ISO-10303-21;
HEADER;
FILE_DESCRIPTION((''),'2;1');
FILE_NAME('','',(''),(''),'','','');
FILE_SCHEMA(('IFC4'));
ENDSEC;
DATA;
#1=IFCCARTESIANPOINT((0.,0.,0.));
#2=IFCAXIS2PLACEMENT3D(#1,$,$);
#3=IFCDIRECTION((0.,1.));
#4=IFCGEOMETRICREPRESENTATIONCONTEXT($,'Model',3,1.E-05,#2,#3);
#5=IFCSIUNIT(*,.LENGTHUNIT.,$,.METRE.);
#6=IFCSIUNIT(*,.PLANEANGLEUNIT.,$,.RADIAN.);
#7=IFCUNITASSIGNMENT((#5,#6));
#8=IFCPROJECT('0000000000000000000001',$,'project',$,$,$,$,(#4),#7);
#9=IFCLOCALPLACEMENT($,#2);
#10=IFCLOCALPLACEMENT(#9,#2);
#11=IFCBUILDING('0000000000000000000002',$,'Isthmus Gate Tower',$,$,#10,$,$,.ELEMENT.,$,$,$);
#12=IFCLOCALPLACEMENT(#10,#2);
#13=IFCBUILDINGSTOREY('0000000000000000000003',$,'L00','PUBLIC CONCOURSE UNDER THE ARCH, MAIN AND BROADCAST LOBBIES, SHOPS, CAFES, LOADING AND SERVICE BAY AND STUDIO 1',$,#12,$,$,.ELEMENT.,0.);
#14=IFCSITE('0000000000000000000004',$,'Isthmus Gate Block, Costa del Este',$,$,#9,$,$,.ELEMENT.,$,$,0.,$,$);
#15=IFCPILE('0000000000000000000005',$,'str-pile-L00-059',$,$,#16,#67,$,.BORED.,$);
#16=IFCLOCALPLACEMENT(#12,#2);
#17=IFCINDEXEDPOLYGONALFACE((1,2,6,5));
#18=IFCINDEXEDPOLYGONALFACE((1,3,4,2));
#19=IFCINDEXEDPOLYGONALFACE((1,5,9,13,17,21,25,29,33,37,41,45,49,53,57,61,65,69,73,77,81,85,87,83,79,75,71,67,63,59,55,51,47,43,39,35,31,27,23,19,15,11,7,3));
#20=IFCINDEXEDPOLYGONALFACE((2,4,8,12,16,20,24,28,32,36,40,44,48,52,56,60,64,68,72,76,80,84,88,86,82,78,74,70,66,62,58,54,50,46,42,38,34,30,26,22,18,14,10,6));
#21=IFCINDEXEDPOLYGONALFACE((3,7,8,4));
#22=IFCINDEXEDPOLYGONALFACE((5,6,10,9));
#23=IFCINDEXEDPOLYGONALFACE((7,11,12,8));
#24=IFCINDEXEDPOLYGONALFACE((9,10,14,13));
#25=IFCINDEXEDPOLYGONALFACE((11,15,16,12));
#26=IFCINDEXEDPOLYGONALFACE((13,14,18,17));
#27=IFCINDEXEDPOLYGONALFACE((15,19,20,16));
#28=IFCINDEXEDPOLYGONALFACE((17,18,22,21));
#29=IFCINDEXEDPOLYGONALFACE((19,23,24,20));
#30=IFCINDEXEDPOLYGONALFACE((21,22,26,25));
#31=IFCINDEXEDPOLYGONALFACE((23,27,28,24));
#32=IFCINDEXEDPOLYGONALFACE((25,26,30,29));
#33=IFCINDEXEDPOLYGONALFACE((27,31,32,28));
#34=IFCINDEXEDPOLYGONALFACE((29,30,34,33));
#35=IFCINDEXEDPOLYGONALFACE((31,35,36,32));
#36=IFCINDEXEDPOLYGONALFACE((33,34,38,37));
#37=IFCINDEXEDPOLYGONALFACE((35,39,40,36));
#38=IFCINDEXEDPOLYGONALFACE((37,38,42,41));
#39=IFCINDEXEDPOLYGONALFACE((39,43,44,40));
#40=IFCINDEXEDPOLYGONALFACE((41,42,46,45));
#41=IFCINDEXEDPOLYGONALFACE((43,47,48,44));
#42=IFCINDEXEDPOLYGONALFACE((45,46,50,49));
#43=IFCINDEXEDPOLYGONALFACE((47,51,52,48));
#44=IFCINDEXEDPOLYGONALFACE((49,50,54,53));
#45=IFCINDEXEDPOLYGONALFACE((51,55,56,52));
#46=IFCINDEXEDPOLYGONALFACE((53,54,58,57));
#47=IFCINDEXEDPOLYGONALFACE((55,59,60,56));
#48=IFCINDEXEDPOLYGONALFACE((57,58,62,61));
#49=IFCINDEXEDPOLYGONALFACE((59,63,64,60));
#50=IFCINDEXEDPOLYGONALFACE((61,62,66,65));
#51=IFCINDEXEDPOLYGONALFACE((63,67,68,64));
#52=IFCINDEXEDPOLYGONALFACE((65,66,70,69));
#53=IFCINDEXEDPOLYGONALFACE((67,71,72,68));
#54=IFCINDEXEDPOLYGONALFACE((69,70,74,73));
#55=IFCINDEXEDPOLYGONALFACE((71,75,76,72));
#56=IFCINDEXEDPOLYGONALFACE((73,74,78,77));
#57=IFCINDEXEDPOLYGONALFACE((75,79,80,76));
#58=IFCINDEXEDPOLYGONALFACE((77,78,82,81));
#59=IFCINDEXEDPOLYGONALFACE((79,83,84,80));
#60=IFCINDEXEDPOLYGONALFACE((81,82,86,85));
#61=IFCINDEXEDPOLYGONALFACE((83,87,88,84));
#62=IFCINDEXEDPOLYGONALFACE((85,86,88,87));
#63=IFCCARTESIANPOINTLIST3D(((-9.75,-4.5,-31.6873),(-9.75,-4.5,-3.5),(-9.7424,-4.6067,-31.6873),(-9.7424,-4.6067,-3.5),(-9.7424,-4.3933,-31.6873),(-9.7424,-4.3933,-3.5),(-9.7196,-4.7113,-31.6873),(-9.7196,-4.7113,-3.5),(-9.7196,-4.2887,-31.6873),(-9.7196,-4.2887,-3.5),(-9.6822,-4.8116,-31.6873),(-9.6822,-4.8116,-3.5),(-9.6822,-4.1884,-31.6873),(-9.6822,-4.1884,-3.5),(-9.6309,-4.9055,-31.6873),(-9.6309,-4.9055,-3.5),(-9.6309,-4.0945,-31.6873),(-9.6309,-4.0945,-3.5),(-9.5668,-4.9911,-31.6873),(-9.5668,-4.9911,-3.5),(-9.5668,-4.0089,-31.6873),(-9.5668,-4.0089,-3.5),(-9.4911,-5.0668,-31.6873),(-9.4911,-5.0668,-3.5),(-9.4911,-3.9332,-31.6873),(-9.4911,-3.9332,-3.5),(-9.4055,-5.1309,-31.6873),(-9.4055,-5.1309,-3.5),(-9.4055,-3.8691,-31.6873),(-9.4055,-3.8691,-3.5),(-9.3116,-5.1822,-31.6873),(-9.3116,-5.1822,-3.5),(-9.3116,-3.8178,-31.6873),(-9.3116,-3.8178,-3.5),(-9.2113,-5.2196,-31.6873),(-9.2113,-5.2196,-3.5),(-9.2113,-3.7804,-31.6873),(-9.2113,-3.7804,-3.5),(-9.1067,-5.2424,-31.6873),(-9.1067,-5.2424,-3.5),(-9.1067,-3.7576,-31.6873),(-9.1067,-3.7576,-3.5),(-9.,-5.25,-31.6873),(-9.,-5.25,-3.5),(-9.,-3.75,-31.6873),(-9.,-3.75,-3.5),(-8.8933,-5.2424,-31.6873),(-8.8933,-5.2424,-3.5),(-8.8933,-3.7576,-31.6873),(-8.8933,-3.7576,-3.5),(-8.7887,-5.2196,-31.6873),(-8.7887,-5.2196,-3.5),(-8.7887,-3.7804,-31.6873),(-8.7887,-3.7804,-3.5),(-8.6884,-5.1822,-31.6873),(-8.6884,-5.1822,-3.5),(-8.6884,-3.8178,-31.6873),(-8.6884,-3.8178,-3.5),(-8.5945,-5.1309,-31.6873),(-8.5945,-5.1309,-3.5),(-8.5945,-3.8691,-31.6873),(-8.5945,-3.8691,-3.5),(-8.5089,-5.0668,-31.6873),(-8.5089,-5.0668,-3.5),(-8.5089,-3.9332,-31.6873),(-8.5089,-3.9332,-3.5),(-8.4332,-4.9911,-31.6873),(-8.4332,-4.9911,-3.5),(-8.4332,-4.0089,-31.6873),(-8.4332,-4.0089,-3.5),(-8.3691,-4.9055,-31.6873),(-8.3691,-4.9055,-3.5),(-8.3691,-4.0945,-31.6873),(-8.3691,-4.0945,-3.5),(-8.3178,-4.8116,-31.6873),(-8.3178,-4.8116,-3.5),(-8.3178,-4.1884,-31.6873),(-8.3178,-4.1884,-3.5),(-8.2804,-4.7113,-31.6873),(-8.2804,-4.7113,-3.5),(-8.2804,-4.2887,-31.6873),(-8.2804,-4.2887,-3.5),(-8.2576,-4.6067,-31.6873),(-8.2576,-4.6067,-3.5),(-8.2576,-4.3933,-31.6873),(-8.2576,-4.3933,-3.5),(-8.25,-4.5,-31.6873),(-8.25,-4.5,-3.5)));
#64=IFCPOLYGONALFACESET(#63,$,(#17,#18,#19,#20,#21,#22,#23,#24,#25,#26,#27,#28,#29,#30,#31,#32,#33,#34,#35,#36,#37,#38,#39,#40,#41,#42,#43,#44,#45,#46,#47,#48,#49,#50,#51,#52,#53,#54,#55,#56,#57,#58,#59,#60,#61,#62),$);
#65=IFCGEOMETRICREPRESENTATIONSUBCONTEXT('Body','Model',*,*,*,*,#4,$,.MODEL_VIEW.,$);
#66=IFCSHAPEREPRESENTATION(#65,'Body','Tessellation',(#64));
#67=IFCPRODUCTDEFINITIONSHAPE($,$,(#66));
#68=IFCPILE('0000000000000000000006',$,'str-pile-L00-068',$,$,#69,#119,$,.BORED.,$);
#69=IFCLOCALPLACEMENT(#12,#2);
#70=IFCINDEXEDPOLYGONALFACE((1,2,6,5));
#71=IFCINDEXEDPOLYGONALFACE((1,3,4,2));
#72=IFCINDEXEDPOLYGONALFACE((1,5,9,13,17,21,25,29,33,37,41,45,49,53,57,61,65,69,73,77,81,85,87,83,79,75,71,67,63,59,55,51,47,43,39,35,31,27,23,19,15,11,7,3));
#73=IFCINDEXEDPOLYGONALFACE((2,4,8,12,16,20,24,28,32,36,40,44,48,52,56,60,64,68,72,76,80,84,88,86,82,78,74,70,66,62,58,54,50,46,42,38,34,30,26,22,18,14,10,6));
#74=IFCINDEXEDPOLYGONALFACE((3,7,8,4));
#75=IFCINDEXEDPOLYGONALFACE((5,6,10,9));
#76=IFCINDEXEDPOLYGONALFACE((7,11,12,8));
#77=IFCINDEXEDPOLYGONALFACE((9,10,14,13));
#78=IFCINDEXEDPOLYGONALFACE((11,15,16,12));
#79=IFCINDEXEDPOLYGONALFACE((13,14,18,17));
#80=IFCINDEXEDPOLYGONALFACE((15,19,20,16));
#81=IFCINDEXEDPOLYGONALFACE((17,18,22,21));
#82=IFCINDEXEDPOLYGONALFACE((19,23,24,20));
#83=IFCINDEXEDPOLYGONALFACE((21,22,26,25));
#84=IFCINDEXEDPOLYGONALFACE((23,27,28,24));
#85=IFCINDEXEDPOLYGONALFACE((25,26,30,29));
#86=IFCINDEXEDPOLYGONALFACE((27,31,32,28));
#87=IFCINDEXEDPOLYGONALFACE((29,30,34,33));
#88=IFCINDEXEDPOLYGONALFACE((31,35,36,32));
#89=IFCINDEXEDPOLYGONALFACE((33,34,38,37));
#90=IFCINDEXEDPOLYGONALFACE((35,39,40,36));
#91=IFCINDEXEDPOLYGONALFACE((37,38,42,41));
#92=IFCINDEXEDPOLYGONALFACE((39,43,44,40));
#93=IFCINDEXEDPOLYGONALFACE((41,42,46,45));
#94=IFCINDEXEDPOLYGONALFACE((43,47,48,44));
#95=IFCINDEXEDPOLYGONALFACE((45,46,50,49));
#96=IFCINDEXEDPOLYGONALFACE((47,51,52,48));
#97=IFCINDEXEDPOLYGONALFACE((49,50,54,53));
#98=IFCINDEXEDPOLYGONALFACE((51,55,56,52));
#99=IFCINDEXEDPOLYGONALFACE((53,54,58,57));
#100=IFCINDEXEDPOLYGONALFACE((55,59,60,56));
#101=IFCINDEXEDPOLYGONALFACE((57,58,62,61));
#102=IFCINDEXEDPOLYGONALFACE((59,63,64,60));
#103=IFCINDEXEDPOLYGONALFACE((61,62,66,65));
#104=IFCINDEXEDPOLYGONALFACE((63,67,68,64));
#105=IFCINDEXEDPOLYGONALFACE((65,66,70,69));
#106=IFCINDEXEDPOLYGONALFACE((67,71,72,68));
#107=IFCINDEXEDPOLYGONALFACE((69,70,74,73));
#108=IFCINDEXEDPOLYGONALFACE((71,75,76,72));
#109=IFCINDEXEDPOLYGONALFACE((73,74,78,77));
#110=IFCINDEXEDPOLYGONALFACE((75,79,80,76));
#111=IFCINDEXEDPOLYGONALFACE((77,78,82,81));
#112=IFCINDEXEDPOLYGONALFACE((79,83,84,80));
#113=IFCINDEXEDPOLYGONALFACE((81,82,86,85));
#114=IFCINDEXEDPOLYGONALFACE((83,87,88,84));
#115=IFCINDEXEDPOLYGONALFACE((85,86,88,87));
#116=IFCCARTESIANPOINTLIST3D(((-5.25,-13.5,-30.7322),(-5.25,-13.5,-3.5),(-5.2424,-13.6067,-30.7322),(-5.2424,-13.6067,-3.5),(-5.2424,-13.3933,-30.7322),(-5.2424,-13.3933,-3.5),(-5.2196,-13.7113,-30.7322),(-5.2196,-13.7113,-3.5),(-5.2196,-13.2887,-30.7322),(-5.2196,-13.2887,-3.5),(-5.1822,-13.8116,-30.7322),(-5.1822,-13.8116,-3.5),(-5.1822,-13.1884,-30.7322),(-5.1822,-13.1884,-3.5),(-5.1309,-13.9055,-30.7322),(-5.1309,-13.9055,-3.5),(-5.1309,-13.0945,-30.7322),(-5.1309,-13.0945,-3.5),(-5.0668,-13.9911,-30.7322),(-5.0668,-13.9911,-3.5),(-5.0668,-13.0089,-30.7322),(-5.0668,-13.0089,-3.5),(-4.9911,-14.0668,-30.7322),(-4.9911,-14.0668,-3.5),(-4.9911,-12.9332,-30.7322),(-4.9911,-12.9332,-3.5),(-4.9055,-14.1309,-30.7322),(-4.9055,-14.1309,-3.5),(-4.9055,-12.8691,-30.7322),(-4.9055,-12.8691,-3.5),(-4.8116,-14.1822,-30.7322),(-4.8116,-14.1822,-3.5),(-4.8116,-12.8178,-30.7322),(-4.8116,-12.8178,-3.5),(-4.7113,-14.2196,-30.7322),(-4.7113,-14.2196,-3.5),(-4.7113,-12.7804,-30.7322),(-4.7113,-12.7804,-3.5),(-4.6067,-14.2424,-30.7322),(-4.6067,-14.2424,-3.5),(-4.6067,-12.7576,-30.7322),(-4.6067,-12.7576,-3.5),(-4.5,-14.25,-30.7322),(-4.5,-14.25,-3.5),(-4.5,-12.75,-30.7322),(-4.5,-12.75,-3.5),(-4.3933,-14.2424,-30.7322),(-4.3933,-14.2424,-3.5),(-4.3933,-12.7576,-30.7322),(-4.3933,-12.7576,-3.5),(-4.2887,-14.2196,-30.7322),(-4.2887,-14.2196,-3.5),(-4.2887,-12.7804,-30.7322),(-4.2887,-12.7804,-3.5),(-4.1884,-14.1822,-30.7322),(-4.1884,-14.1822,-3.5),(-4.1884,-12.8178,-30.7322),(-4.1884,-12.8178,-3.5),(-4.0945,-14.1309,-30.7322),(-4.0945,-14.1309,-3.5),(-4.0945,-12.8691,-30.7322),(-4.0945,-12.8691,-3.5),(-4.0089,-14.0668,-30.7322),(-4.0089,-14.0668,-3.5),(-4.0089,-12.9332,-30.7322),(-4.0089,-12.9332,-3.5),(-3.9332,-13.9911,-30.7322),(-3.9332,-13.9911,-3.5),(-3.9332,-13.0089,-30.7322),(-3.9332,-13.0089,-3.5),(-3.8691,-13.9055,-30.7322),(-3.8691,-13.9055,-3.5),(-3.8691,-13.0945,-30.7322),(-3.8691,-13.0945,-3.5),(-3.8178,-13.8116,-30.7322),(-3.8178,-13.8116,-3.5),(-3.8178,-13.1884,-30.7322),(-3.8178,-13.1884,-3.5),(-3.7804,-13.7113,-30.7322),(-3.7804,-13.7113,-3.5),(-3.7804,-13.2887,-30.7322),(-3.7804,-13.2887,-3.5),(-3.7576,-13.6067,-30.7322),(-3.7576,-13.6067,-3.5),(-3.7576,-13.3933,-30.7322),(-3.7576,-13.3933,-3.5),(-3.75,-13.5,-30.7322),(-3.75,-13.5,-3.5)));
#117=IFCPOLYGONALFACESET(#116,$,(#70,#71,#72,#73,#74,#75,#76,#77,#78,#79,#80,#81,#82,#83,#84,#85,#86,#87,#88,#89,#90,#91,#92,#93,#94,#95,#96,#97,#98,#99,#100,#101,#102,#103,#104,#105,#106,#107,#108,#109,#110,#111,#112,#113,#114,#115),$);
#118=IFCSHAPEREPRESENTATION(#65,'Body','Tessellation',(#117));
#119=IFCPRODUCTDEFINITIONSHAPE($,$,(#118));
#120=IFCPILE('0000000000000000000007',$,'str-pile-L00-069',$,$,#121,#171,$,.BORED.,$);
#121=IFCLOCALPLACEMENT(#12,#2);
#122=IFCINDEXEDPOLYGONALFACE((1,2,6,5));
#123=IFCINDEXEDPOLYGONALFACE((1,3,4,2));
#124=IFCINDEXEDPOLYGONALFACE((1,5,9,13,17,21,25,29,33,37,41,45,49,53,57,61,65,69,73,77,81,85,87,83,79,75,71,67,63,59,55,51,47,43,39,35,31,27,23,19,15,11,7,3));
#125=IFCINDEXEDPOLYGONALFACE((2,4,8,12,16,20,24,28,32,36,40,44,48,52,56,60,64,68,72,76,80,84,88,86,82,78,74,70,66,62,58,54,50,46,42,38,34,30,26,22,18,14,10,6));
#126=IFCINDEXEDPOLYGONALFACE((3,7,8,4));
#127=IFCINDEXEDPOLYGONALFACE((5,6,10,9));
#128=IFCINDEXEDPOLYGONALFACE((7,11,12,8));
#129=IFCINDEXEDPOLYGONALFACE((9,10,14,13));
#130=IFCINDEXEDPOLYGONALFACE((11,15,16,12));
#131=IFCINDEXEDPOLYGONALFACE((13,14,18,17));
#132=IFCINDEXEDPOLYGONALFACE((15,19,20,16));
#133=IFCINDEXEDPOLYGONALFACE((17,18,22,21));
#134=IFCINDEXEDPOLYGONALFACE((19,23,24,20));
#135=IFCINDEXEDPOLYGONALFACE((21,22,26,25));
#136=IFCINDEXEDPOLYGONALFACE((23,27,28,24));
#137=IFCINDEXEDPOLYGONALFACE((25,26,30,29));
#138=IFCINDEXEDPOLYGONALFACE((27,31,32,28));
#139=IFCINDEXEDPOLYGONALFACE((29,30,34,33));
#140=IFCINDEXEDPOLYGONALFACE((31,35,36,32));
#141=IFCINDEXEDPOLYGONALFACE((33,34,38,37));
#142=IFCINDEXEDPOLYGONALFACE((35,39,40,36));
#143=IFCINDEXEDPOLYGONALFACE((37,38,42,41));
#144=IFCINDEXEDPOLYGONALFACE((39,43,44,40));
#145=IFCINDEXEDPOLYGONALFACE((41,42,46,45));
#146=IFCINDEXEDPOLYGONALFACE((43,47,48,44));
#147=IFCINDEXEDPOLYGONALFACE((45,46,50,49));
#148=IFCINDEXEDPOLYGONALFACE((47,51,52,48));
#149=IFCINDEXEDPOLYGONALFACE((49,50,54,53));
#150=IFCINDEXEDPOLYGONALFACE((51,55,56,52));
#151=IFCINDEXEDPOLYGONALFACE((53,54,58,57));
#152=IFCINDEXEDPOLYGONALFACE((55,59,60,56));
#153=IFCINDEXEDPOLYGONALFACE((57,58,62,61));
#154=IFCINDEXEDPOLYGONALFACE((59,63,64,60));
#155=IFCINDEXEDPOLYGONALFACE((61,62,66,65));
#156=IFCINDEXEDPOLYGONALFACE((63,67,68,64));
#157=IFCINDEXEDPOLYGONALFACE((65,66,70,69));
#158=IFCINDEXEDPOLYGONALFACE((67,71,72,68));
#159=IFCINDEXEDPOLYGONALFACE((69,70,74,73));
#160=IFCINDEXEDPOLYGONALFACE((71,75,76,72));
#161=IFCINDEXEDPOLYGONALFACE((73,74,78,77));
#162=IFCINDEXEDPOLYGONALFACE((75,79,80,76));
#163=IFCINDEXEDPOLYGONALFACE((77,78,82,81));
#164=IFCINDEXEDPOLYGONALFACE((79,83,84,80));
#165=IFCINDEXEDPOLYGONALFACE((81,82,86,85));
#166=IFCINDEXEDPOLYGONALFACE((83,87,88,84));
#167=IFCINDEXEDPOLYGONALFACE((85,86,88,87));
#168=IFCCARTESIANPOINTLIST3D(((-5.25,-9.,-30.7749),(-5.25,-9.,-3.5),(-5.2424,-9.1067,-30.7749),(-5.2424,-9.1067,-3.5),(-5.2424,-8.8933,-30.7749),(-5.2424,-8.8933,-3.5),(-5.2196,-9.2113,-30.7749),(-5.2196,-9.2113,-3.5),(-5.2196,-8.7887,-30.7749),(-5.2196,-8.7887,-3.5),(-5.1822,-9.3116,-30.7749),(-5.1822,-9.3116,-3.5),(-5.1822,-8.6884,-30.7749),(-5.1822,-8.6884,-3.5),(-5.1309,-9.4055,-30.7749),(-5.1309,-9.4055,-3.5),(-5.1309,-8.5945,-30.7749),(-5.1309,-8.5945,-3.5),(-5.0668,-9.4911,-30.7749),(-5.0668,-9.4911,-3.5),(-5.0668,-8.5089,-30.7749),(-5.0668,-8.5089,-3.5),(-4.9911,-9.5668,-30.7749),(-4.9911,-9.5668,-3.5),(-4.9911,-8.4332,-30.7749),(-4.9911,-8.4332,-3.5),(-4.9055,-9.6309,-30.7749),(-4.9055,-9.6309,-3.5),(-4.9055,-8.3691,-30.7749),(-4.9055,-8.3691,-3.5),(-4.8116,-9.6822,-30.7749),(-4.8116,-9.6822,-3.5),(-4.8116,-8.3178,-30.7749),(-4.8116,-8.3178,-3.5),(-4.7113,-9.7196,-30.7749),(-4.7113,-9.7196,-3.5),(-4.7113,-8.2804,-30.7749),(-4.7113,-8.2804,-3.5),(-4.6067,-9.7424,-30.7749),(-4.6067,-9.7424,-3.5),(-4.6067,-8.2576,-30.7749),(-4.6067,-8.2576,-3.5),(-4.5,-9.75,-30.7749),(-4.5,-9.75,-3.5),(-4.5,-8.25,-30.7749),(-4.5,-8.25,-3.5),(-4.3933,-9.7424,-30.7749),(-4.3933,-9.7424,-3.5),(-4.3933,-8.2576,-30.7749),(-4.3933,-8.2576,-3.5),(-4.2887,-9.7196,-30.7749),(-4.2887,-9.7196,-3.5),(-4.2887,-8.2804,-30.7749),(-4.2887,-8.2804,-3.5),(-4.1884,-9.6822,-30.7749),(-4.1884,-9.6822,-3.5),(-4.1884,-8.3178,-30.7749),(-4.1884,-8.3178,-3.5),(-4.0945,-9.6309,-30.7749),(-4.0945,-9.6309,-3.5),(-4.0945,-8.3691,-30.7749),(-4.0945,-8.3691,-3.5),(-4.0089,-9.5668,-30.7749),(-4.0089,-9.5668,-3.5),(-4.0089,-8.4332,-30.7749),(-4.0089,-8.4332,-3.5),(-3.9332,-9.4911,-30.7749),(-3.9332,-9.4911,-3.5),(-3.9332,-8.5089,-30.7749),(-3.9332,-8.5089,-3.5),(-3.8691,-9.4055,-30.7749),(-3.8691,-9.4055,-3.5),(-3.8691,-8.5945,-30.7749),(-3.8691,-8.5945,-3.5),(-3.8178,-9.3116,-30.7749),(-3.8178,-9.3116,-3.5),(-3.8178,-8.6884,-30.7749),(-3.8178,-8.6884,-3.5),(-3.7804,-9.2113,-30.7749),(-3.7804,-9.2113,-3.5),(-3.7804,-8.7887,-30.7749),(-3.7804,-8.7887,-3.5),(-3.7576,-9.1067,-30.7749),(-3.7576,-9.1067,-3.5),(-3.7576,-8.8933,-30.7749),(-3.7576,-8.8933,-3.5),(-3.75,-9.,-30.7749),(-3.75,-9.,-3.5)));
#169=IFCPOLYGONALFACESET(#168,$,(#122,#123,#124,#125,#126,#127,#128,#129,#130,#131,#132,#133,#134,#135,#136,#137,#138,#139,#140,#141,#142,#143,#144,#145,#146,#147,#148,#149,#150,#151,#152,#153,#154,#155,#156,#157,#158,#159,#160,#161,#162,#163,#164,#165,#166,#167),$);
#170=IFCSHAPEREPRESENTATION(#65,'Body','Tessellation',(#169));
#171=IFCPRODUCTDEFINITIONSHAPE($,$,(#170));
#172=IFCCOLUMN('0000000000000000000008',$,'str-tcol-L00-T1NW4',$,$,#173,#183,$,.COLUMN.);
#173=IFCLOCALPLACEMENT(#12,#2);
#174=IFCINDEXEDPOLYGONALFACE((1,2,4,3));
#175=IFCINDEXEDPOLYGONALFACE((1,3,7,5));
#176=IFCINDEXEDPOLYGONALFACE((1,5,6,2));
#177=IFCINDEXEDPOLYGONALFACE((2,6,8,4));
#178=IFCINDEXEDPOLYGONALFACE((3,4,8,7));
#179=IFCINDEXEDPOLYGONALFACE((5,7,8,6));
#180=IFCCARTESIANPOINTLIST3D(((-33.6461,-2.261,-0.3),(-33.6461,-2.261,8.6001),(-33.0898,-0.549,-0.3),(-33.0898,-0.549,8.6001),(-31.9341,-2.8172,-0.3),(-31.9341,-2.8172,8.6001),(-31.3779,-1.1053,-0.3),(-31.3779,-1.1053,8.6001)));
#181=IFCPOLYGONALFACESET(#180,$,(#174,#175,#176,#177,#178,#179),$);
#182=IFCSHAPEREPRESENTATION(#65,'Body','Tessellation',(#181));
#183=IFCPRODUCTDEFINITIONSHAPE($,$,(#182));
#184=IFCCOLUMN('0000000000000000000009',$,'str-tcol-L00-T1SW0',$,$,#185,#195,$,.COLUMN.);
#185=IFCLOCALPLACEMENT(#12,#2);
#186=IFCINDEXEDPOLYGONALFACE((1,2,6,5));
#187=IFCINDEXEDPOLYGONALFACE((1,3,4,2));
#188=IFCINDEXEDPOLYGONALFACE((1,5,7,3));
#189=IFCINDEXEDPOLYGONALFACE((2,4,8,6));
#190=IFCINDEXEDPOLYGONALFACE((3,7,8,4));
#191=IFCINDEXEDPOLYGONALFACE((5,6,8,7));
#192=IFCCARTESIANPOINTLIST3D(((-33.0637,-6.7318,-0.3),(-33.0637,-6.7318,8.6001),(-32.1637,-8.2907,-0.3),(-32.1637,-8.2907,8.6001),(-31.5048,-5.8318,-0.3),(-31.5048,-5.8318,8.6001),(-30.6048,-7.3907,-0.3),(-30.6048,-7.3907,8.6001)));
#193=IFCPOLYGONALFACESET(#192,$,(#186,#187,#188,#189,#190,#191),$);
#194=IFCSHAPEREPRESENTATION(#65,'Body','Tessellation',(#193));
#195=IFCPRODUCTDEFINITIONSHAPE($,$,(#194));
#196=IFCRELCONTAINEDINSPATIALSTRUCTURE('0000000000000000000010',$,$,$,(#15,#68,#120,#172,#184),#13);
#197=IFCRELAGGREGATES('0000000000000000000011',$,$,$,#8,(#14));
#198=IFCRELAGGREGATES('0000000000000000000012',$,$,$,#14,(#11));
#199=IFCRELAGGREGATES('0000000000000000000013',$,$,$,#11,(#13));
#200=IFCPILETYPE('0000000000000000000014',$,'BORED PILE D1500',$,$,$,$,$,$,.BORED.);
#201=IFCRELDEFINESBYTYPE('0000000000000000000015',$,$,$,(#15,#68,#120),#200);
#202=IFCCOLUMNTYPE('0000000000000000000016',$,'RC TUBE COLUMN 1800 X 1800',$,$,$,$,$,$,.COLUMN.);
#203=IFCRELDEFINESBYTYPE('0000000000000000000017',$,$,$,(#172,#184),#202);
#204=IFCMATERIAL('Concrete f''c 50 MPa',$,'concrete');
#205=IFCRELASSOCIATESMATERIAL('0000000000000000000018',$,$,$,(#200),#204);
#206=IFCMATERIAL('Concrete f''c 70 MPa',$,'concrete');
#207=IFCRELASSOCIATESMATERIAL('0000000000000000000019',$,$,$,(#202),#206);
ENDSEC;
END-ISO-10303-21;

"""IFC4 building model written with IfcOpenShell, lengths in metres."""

from ifc_helpers import new_model, si_unit, direction, frame, origin, origin_2d, place, context, subcontext, project, spatial, rectangle, circle, extrude, material, material_profile, profile_set, type_object, element, save


model = new_model("IFC4")

# Units and contexts
model_context = context("Model", 3, precision=1e-05, world=origin(), true_north=direction((0.0, 1.0)))
body_context = subcontext(model_context, "Body", "Model", "MODEL_VIEW")
ifc_project = project(units=[si_unit("LENGTHUNIT", "METRE"), si_unit("PLANEANGLEUNIT", "RADIAN")], contexts=[model_context])

# Site, building, storey
site_placement = place(None, origin())
site = spatial("IfcSite", under=ifc_project, at=site_placement, Name="Isthmus Gate Block, Costa del Este", CompositionType="ELEMENT", RefElevation=0.0)
building_placement = place(site_placement, origin())
building = spatial("IfcBuilding", under=site, at=building_placement, Name="Isthmus Gate Tower", CompositionType="ELEMENT")
storey_placement = place(building_placement, origin())
storey = spatial("IfcBuildingStorey", under=building, at=storey_placement, Name="L00", Description="PUBLIC CONCOURSE UNDER THE ARCH, MAIN AND BROADCAST LOBBIES, SHOPS, CAFES, LOADING AND SERVICE BAY AND STUDIO 1", CompositionType="ELEMENT", Elevation=0.0)

# Piles
ifc_material_1 = material(Name="Concrete f'c 50 MPa", Category="concrete")
ifc_material_profile_1 = material_profile(ifc_material_1, circle(Radius=0.75, at=origin_2d()), Name="D1500")
ifc_profile_set_1 = profile_set([ifc_material_profile_1], Name="Concrete f'c 50 MPa")
pile_type_1 = type_object("IfcPileType", Name="BORED PILE D1500", PredefinedType="BORED", material=ifc_profile_set_1)
pile_1_placement = place(storey_placement, frame((-9.0, -4.5, -3.5), z_axis=(0.0, 0.0, -1.0), x_axis=(1.0, 0.0, 0.0)))
element("IfcPile", 1, at=pile_1_placement, inside=storey, type_object=pile_type_1, Name="str-pile-L00-059", PredefinedType="BORED", context=body_context, shape_type="SweptSolid", body=[
    extrude(circle(Radius=0.75, at=origin_2d()), origin(), (0.0, 0.0, 1.0), 28.1873),
])
pile_2_placement = place(storey_placement, frame((-4.5, -13.5, -3.5), z_axis=(0.0, 0.0, -1.0), x_axis=(1.0, 0.0, 0.0)))
element("IfcPile", 2, at=pile_2_placement, inside=storey, type_object=pile_type_1, Name="str-pile-L00-068", PredefinedType="BORED", context=body_context, shape_type="SweptSolid", body=[
    extrude(circle(Radius=0.75, at=origin_2d()), origin(), (0.0, 0.0, 1.0), 27.2322),
])
pile_3_placement = place(storey_placement, frame((-4.5, -9.0, -3.5), z_axis=(0.0, 0.0, -1.0), x_axis=(1.0, 0.0, 0.0)))
element("IfcPile", 3, at=pile_3_placement, inside=storey, type_object=pile_type_1, Name="str-pile-L00-069", PredefinedType="BORED", context=body_context, shape_type="SweptSolid", body=[
    extrude(circle(Radius=0.75, at=origin_2d()), origin(), (0.0, 0.0, 1.0), 27.2749),
])

# Columns
ifc_material_2 = material(Name="Concrete f'c 70 MPa", Category="concrete")
ifc_material_profile_2 = material_profile(ifc_material_2, rectangle(XDim=1.8, YDim=1.8, at=origin_2d()), Name="RC 1800X1800")
ifc_profile_set_2 = profile_set([ifc_material_profile_2], Name="Concrete f'c 70 MPa")
column_type = type_object("IfcColumnType", Name="RC TUBE COLUMN 1800 X 1800", PredefinedType="COLUMN", material=ifc_profile_set_2)
for number, where, z_axis, x_axis, name in (
    (4, (-32.512, -1.6831, -0.3), (0.0, 0.0, 1.0), (-0.309017, -0.951057, 0.0), "str-tcol-L00-T1NW4"),
    (5, (-31.8342, -7.0613, -0.3), (0.0, 0.0, 1.0), (0.5, -0.866025, 0.0), "str-tcol-L00-T1SW0"),
):
    element("IfcColumn", number, at=place(storey_placement, frame(where, z_axis=z_axis, x_axis=x_axis)), inside=storey, type_object=column_type, Name=name, PredefinedType="COLUMN", context=body_context, shape_type="SweptSolid", body=[
        extrude(rectangle(XDim=1.8, YDim=1.8, at=origin_2d()), origin(), (0.0, 0.0, 1.0), 8.9001),
    ])

save(model, "model.ifc")
